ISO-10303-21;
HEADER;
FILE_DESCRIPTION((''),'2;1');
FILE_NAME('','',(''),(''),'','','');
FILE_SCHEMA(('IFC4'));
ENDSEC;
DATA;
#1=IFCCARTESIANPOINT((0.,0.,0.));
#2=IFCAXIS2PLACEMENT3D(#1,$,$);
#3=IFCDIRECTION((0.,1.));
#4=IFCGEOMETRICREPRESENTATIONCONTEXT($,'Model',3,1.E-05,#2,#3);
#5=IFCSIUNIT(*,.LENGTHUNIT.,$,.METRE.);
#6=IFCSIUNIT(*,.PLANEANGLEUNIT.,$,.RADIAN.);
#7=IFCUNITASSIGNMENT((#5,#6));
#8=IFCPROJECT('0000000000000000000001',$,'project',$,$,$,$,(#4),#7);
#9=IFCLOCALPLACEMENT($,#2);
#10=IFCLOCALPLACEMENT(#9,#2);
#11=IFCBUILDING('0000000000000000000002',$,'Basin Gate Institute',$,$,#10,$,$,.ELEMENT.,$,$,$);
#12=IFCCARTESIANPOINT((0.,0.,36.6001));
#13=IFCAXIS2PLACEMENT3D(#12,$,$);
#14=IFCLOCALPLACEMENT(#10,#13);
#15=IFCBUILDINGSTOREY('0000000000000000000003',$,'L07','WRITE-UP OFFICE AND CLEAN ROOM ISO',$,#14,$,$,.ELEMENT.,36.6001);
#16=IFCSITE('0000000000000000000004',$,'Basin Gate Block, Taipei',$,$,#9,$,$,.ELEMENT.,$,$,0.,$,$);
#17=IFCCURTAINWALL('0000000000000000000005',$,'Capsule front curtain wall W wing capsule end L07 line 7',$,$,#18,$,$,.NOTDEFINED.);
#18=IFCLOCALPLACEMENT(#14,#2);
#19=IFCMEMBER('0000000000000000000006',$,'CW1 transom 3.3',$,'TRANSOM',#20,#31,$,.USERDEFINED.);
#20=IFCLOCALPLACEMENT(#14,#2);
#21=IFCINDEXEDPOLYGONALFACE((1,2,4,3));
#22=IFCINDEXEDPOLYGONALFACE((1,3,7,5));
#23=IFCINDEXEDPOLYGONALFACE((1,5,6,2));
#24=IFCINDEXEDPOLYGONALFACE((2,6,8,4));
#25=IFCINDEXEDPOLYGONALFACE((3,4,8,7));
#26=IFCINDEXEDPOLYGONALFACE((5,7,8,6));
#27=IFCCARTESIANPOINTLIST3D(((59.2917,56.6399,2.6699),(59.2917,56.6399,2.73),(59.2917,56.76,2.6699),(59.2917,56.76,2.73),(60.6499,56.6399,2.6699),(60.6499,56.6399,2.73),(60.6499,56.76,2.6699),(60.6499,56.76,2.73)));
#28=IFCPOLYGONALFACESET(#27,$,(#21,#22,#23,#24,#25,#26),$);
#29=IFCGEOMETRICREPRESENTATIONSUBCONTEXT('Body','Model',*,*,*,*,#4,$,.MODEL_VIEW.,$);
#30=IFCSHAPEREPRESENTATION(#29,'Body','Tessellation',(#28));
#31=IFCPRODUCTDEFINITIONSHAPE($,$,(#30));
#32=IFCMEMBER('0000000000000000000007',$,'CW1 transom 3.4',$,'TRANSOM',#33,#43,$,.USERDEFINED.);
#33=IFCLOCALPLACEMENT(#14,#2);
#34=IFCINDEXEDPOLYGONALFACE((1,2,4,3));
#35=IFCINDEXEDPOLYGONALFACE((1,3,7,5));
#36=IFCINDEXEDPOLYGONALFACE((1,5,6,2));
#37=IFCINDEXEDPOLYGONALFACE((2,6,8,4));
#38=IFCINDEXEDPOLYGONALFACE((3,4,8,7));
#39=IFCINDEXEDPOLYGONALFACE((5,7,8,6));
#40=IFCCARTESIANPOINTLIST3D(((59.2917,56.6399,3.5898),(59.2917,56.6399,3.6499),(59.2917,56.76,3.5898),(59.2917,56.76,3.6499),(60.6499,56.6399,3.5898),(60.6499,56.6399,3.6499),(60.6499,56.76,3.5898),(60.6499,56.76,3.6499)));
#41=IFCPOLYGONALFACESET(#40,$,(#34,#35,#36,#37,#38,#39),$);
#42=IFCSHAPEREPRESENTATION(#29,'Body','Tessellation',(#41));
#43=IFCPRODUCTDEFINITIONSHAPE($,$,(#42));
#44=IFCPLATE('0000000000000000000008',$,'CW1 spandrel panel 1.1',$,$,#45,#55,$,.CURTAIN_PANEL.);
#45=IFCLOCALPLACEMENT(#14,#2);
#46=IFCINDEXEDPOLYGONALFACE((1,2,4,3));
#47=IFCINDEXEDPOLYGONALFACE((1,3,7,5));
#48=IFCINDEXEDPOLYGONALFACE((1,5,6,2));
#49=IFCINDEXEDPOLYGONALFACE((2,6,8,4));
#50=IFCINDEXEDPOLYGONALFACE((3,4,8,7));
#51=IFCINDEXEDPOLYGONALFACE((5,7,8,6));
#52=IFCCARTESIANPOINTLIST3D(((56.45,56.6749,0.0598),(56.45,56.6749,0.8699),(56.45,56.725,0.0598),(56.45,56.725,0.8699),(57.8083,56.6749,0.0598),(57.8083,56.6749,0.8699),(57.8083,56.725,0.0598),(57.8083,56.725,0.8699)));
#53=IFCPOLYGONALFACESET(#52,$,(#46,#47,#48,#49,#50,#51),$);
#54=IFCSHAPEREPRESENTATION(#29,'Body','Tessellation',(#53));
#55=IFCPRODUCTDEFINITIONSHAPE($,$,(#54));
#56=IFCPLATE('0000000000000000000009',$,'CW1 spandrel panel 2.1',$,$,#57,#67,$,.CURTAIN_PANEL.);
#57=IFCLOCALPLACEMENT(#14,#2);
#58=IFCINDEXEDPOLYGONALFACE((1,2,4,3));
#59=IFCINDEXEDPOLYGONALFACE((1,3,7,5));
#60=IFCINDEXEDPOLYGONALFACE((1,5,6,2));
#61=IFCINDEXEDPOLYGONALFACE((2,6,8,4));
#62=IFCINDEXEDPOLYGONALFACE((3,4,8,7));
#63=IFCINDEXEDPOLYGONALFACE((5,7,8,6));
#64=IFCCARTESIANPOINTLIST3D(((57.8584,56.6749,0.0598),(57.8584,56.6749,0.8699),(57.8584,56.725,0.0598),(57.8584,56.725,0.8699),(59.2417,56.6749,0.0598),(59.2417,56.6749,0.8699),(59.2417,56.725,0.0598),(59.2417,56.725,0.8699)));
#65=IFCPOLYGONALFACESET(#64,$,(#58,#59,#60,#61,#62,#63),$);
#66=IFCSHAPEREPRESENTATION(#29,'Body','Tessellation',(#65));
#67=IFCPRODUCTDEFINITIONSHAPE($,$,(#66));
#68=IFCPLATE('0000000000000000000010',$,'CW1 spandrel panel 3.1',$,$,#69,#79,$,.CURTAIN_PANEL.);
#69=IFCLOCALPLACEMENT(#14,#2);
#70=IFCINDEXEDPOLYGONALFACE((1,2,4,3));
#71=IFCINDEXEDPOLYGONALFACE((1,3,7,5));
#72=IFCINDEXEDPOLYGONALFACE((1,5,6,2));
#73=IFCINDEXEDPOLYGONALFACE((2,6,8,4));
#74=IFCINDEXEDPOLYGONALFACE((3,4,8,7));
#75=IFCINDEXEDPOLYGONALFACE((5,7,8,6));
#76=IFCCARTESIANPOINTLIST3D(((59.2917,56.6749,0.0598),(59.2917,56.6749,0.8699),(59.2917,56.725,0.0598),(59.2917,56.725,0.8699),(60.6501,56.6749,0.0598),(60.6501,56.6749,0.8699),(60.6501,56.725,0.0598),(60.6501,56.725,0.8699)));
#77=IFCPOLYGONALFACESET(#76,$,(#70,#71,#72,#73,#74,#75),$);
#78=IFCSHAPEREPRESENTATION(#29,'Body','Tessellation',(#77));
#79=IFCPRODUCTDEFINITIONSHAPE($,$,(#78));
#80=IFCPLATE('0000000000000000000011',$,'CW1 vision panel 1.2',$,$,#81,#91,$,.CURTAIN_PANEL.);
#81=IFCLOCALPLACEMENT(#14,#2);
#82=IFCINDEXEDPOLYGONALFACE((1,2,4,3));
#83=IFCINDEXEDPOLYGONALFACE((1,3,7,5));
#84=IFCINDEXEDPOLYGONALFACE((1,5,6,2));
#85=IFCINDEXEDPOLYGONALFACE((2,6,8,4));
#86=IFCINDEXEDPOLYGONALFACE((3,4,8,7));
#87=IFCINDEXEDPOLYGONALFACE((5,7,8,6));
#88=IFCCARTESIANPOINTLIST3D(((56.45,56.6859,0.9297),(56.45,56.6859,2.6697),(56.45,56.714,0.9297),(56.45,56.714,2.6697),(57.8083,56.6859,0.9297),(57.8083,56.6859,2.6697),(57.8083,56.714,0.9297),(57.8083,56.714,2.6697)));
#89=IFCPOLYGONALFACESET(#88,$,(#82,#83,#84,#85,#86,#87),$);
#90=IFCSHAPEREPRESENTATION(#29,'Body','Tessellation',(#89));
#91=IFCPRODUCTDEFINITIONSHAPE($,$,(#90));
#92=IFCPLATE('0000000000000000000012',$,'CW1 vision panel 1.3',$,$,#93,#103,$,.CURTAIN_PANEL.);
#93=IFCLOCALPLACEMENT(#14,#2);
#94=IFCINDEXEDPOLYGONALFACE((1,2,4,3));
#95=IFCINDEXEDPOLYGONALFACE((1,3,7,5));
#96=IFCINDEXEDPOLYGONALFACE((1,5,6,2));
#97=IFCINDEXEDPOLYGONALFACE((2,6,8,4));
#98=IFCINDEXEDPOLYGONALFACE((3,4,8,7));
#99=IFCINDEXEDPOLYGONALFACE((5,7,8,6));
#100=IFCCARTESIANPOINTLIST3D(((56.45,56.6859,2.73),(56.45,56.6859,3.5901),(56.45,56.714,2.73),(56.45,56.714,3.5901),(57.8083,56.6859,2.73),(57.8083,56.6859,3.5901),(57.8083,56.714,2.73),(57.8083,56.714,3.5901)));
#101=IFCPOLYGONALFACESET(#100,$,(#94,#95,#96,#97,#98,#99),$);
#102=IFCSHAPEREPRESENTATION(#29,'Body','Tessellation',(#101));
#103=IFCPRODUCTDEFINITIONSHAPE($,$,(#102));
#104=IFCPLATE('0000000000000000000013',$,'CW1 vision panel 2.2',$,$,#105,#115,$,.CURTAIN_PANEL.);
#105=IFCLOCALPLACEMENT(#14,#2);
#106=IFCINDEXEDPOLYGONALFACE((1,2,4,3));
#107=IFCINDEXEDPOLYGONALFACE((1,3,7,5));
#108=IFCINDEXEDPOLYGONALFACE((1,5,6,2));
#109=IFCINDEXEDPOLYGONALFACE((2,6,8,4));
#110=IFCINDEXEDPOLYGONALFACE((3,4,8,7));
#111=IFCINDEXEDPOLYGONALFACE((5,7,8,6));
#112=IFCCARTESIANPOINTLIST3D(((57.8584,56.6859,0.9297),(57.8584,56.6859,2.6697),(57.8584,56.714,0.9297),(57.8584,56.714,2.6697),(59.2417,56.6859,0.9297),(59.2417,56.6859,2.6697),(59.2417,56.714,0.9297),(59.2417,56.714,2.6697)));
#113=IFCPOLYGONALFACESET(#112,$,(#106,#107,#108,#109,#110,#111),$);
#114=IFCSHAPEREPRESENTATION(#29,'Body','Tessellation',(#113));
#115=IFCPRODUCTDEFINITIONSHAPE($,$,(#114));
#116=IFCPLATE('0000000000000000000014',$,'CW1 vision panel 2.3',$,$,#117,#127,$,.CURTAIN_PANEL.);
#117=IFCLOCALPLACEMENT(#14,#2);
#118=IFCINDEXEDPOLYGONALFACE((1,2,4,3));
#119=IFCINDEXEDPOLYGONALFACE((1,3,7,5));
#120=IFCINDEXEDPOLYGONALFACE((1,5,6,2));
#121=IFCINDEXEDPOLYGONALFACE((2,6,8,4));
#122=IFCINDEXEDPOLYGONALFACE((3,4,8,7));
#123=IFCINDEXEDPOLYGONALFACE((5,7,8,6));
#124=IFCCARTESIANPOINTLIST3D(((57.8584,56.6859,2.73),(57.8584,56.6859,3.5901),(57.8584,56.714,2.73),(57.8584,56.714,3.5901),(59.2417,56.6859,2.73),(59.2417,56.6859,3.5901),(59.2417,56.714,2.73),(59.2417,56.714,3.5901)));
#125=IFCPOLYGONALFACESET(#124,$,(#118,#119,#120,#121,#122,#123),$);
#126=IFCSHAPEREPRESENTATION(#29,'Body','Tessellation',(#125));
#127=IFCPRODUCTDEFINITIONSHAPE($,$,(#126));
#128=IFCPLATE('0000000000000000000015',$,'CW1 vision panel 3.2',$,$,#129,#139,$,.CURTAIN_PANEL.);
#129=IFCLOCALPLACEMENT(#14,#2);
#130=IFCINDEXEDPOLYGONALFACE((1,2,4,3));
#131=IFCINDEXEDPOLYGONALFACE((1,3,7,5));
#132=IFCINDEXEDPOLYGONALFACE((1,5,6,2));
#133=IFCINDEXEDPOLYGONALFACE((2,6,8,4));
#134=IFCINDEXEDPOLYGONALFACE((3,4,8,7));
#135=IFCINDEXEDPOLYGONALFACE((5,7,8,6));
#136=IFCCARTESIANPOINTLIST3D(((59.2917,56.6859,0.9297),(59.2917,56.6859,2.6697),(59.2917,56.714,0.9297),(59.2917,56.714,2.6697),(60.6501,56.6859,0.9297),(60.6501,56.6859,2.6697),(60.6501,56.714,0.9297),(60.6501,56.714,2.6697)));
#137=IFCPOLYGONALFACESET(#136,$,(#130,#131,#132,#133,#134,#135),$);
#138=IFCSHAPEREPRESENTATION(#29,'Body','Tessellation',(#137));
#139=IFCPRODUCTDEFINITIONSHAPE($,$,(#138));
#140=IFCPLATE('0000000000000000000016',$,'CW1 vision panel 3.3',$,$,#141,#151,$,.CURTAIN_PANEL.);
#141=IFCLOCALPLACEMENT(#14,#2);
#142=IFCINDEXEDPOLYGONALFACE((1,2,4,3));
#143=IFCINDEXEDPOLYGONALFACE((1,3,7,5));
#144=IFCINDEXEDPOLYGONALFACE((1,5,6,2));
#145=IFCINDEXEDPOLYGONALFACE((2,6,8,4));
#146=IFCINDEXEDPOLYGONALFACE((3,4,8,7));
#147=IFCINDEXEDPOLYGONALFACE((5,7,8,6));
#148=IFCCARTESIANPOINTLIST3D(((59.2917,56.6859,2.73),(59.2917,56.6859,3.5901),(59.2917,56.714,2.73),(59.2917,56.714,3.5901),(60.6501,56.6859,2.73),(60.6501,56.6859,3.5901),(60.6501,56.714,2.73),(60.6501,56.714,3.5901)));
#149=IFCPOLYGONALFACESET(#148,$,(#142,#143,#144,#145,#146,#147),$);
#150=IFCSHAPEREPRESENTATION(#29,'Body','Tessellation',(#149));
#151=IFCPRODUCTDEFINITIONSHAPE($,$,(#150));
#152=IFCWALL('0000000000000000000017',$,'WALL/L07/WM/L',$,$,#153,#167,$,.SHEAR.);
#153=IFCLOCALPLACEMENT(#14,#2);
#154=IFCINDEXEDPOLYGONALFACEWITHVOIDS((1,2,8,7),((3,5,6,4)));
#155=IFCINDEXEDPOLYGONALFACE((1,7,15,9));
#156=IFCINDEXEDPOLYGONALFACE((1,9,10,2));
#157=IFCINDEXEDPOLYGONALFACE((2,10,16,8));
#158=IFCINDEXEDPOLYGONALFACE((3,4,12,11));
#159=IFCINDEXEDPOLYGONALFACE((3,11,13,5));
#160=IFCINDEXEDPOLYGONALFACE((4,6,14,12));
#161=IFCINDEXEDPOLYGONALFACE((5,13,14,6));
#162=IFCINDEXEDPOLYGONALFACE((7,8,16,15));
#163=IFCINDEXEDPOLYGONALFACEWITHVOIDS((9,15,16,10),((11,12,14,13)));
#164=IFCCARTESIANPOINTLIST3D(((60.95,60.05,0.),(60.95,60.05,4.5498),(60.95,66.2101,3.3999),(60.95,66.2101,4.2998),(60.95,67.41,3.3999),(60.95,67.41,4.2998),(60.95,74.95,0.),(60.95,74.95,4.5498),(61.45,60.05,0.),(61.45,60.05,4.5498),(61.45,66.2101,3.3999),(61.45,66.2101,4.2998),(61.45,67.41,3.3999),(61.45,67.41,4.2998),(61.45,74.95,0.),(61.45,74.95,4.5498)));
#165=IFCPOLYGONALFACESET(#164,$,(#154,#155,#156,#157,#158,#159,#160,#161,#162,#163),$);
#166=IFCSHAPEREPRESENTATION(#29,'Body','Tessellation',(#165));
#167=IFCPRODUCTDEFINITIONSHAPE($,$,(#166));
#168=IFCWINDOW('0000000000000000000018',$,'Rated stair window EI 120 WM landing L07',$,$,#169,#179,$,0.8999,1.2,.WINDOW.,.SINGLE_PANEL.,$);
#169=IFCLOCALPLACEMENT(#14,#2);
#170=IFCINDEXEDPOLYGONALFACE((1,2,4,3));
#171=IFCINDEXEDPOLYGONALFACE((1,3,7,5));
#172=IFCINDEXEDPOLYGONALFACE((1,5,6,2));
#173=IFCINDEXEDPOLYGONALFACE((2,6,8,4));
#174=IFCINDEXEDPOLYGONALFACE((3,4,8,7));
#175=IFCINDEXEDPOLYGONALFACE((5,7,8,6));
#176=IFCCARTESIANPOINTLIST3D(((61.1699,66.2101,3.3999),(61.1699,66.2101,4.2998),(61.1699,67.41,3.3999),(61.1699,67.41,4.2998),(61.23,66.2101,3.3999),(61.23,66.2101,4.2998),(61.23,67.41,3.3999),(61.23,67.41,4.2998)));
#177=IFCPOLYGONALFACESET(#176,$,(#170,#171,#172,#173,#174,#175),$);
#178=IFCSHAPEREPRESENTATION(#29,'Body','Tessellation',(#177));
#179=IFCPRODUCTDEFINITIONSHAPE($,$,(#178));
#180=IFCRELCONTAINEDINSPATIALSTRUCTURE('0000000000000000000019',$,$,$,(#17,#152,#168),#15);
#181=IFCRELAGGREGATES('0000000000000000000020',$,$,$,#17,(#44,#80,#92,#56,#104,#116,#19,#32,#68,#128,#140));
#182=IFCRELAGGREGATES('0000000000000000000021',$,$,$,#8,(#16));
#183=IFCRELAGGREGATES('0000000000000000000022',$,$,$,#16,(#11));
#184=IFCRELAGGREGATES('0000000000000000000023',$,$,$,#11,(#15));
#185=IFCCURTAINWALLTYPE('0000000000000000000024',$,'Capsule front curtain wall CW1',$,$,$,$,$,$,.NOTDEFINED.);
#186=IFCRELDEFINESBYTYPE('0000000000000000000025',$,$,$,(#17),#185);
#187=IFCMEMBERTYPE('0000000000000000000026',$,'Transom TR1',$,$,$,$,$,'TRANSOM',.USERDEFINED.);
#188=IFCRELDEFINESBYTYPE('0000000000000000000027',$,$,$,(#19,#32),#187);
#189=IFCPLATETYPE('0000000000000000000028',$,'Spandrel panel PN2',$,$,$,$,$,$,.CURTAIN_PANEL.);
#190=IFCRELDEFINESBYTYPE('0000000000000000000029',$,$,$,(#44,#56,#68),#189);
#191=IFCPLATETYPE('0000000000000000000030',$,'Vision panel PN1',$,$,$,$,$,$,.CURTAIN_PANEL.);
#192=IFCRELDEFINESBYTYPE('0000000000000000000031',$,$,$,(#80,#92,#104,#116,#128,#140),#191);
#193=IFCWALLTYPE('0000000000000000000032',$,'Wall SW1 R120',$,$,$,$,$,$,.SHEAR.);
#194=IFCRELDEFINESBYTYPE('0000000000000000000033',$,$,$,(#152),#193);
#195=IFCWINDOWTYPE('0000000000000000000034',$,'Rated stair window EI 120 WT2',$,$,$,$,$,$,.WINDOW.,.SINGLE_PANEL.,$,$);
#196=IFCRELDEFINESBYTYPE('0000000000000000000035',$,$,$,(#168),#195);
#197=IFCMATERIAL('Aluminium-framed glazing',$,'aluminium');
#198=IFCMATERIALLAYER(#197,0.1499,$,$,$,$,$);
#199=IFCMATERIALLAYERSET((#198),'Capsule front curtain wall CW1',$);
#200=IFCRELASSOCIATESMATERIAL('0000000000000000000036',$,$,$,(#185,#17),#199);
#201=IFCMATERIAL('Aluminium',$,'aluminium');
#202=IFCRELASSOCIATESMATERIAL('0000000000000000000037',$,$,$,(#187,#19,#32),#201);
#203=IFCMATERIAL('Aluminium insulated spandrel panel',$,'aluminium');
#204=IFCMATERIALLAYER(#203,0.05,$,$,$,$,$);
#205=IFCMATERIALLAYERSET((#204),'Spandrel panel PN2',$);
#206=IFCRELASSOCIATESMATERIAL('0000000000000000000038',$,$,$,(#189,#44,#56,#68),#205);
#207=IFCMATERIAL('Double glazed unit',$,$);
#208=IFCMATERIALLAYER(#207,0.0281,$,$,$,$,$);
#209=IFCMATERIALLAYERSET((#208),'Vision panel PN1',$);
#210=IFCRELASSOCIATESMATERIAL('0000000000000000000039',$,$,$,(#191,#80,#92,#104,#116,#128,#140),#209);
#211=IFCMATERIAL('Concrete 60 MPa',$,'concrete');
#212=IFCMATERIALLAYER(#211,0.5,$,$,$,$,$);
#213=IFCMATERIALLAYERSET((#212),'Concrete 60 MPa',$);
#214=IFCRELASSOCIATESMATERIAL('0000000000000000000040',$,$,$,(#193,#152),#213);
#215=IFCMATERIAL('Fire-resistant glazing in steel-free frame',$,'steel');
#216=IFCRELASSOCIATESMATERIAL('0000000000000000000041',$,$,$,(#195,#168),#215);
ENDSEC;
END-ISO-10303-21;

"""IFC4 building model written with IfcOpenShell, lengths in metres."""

from ifc_helpers import new_model, si_unit, direction, frame, frame_2d, origin, origin_2d, place, context, subcontext, project, spatial, rectangle, extrude, material, layer, layer_set, material_profile, profile_set, type_object, element, fill, aggregate, save


model = new_model("IFC4")

# Units and contexts
model_context = context("Model", 3, precision=1e-05, world=origin(), true_north=direction((0.0, 1.0)))
body_context = subcontext(model_context, "Body", "Model", "MODEL_VIEW")
ifc_project = project(units=[si_unit("LENGTHUNIT", "METRE"), si_unit("PLANEANGLEUNIT", "RADIAN")], contexts=[model_context])

# Site, building, storey
site_placement = place(None, origin())
site = spatial("IfcSite", under=ifc_project, at=site_placement, Name="Basin Gate Block, Taipei", CompositionType="ELEMENT", RefElevation=0.0)
building_placement = place(site_placement, origin())
building = spatial("IfcBuilding", under=site, at=building_placement, Name="Basin Gate Institute", CompositionType="ELEMENT")
storey_placement = place(building_placement, frame((0.0, 0.0, 36.6001)))
storey = spatial("IfcBuildingStorey", under=building, at=storey_placement, Name="L07", Description="WRITE-UP OFFICE AND CLEAN ROOM ISO", CompositionType="ELEMENT", Elevation=36.6001)

# Curtain wall
ifc_material_1 = material(Name="Aluminium-framed glazing", Category="aluminium")
ifc_layer_1 = layer(ifc_material_1, 0.1499)
ifc_layer_set_1 = layer_set([ifc_layer_1], Name="Capsule front curtain wall CW1")
curtain_wall_type = type_object("IfcCurtainWallType", Name="Capsule front curtain wall CW1", PredefinedType="NOTDEFINED", material=ifc_layer_set_1)
curtain_wall_1_placement = place(storey_placement, origin())
curtain_wall_1 = element("IfcCurtainWall", 1, at=curtain_wall_1_placement, inside=storey, type_object=curtain_wall_type, material=ifc_layer_set_1, Name="Capsule front curtain wall W wing capsule end L07 line 7", PredefinedType="NOTDEFINED")

# Members
ifc_material_2 = material(Name="Aluminium", Category="aluminium")
ifc_material_profile_1 = material_profile(ifc_material_2, rectangle(XDim=0.1201, YDim=0.0601, at=origin_2d()), Name="Transom TR1 120 x 60")
ifc_profile_set_1 = profile_set([ifc_material_profile_1], Name="Aluminium")
member_type_1 = type_object("IfcMemberType", Name="Transom TR1", ElementType="TRANSOM", PredefinedType="USERDEFINED", material=ifc_profile_set_1)
member_1_placement = place(storey_placement, frame((59.2917, 56.7, 2.7), z_axis=(1.0, 0.0, 0.0), x_axis=(0.0, 1.0, 0.0)))
member_1 = element("IfcMember", 2, at=member_1_placement, type_object=member_type_1, material=ifc_profile_set_1, Name="CW1 transom 3.3", ObjectType="TRANSOM", PredefinedType="USERDEFINED", context=body_context, shape_type="SweptSolid", body=[
    extrude(rectangle(XDim=0.1201, YDim=0.0601, at=origin_2d()), origin(), (0.0, 0.0, 1.0), 1.3582),
])
member_2_placement = place(storey_placement, frame((59.2917, 56.7, 3.6199), z_axis=(1.0, 0.0, 0.0), x_axis=(0.0, 1.0, 0.0)))
member_2 = element("IfcMember", 3, at=member_2_placement, type_object=member_type_1, material=ifc_profile_set_1, Name="CW1 transom 3.4", ObjectType="TRANSOM", PredefinedType="USERDEFINED", context=body_context, shape_type="SweptSolid", body=[
    extrude(rectangle(XDim=0.1201, YDim=0.0601, at=origin_2d()), origin(), (0.0, 0.0, 1.0), 1.3582),
])

# Plates
ifc_material_3 = material(Name="Aluminium insulated spandrel panel", Category="aluminium")
ifc_layer_2 = layer(ifc_material_3, 0.05)
ifc_layer_set_2 = layer_set([ifc_layer_2], Name="Spandrel panel PN2")
plate_type_1 = type_object("IfcPlateType", Name="Spandrel panel PN2", PredefinedType="CURTAIN_PANEL", material=ifc_layer_set_2)
plate_1_placement = place(storey_placement, frame((57.1292, 56.7, 0.0598), z_axis=(0.0, 0.0, 1.0), x_axis=(1.0, 0.0, 0.0)))
plate_1 = element("IfcPlate", 4, at=plate_1_placement, type_object=plate_type_1, material=ifc_layer_set_2, Name="CW1 spandrel panel 1.1", PredefinedType="CURTAIN_PANEL", context=body_context, shape_type="SweptSolid", body=[
    extrude(rectangle(XDim=1.3584, YDim=0.05, at=origin_2d()), origin(), (0.0, 0.0, 1.0), 0.8101),
])
plate_2_placement = place(storey_placement, frame((58.55, 56.7, 0.0598), z_axis=(0.0, 0.0, 1.0), x_axis=(1.0, 0.0, 0.0)))
plate_2 = element("IfcPlate", 5, at=plate_2_placement, type_object=plate_type_1, material=ifc_layer_set_2, Name="CW1 spandrel panel 2.1", PredefinedType="CURTAIN_PANEL", context=body_context, shape_type="SweptSolid", body=[
    extrude(rectangle(XDim=1.3833, YDim=0.05, at=origin_2d()), origin(), (0.0, 0.0, 1.0), 0.8101),
])
plate_3_placement = place(storey_placement, frame((59.9709, 56.7, 0.0598), z_axis=(0.0, 0.0, 1.0), x_axis=(1.0, 0.0, 0.0)))
plate_3 = element("IfcPlate", 6, at=plate_3_placement, type_object=plate_type_1, material=ifc_layer_set_2, Name="CW1 spandrel panel 3.1", PredefinedType="CURTAIN_PANEL", context=body_context, shape_type="SweptSolid", body=[
    extrude(rectangle(XDim=1.3584, YDim=0.05, at=origin_2d()), origin(), (0.0, 0.0, 1.0), 0.8101),
])
ifc_material_4 = material(Name="Double glazed unit")
ifc_layer_3 = layer(ifc_material_4, 0.0281)
ifc_layer_set_3 = layer_set([ifc_layer_3], Name="Vision panel PN1")
plate_type_2 = type_object("IfcPlateType", Name="Vision panel PN1", PredefinedType="CURTAIN_PANEL", material=ifc_layer_set_3)
plate_4_placement = place(storey_placement, frame((57.1292, 56.7, 0.9297), z_axis=(0.0, 0.0, 1.0), x_axis=(1.0, 0.0, 0.0)))
plate_4 = element("IfcPlate", 7, at=plate_4_placement, type_object=plate_type_2, material=ifc_layer_set_3, Name="CW1 vision panel 1.2", PredefinedType="CURTAIN_PANEL", context=body_context, shape_type="SweptSolid", body=[
    extrude(rectangle(XDim=1.3584, YDim=0.0281, at=origin_2d()), origin(), (0.0, 0.0, 1.0), 1.74),
])
plate_5_placement = place(storey_placement, frame((57.1292, 56.7, 2.73), z_axis=(0.0, 0.0, 1.0), x_axis=(1.0, 0.0, 0.0)))
plate_5 = element("IfcPlate", 8, at=plate_5_placement, type_object=plate_type_2, material=ifc_layer_set_3, Name="CW1 vision panel 1.3", PredefinedType="CURTAIN_PANEL", context=body_context, shape_type="SweptSolid", body=[
    extrude(rectangle(XDim=1.3584, YDim=0.0281, at=origin_2d()), origin(), (0.0, 0.0, 1.0), 0.8601),
])
plate_6_placement = place(storey_placement, frame((58.55, 56.7, 0.9297), z_axis=(0.0, 0.0, 1.0), x_axis=(1.0, 0.0, 0.0)))
plate_6 = element("IfcPlate", 9, at=plate_6_placement, type_object=plate_type_2, material=ifc_layer_set_3, Name="CW1 vision panel 2.2", PredefinedType="CURTAIN_PANEL", context=body_context, shape_type="SweptSolid", body=[
    extrude(rectangle(XDim=1.3833, YDim=0.0281, at=origin_2d()), origin(), (0.0, 0.0, 1.0), 1.74),
])
plate_7_placement = place(storey_placement, frame((58.55, 56.7, 2.73), z_axis=(0.0, 0.0, 1.0), x_axis=(1.0, 0.0, 0.0)))
plate_7 = element("IfcPlate", 10, at=plate_7_placement, type_object=plate_type_2, material=ifc_layer_set_3, Name="CW1 vision panel 2.3", PredefinedType="CURTAIN_PANEL", context=body_context, shape_type="SweptSolid", body=[
    extrude(rectangle(XDim=1.3833, YDim=0.0281, at=origin_2d()), origin(), (0.0, 0.0, 1.0), 0.8601),
])
plate_8_placement = place(storey_placement, frame((59.9709, 56.7, 0.9297), z_axis=(0.0, 0.0, 1.0), x_axis=(1.0, 0.0, 0.0)))
plate_8 = element("IfcPlate", 11, at=plate_8_placement, type_object=plate_type_2, material=ifc_layer_set_3, Name="CW1 vision panel 3.2", PredefinedType="CURTAIN_PANEL", context=body_context, shape_type="SweptSolid", body=[
    extrude(rectangle(XDim=1.3584, YDim=0.0281, at=origin_2d()), origin(), (0.0, 0.0, 1.0), 1.74),
])
plate_9_placement = place(storey_placement, frame((59.9709, 56.7, 2.73), z_axis=(0.0, 0.0, 1.0), x_axis=(1.0, 0.0, 0.0)))
plate_9 = element("IfcPlate", 12, at=plate_9_placement, type_object=plate_type_2, material=ifc_layer_set_3, Name="CW1 vision panel 3.3", PredefinedType="CURTAIN_PANEL", context=body_context, shape_type="SweptSolid", body=[
    extrude(rectangle(XDim=1.3584, YDim=0.0281, at=origin_2d()), origin(), (0.0, 0.0, 1.0), 0.8601),
])
aggregate(curtain_wall_1, [plate_1, plate_4, plate_5, plate_2, plate_6, plate_7, member_1, member_2, plate_3, plate_8, plate_9])

# Wall, opening, window
ifc_material_5 = material(Name="Concrete 60 MPa", Category="concrete")
ifc_layer_4 = layer(ifc_material_5, 0.5)
ifc_layer_set_4 = layer_set([ifc_layer_4], Name="Concrete 60 MPa")
wall_type_1 = type_object("IfcWallType", Name="Wall SW1 R120", PredefinedType="SHEAR", material=ifc_layer_set_4)
wall_1_placement = place(storey_placement, frame((61.2, 60.05, 0.0), z_axis=(0.0, 0.0, 1.0), x_axis=(0.0, 1.0, 0.0)))
wall_1 = element("IfcWall", 13, at=wall_1_placement, inside=storey, type_object=wall_type_1, material=ifc_layer_set_4, Name="WALL/L07/WM/L", PredefinedType="SHEAR", context=body_context, shape_type="SweptSolid", body=[
    extrude(rectangle(XDim=14.8999, YDim=0.5, at=frame_2d((7.45, 0.0))), origin(), (0.0, 0.0, 1.0), 4.5498),
])
opening_1_placement = place(wall_1_placement, frame((6.1599, 0.0, 3.3999)))
opening_1 = element("IfcOpeningElement", 14, at=opening_1_placement, cuts=wall_1, PredefinedType="OPENING", context=body_context, shape_type="SweptSolid", body=[
    extrude(rectangle(XDim=1.2, YDim=0.8999, at=frame_2d((0.6001, 0.45))), frame((0.0, 0.26, 0.0), z_axis=(0.0, -1.0, 0.0), x_axis=(1.0, 0.0, 0.0)), (0.0, 0.0, 1.0), 0.52),
])
ifc_material_6 = material(Name="Fire-resistant glazing in steel-free frame", Category="steel")
window_type = type_object("IfcWindowType", Name="Rated stair window EI 120 WT2", PartitioningType="SINGLE_PANEL", PredefinedType="WINDOW", material=ifc_material_6)
window_placement = place(opening_1_placement, origin())
window = element("IfcWindow", 15, at=window_placement, inside=storey, type_object=window_type, material=ifc_material_6, Name="Rated stair window EI 120 WM landing L07", OverallHeight=0.8999, OverallWidth=1.2, PartitioningType="SINGLE_PANEL", PredefinedType="WINDOW", context=body_context, shape_type="SweptSolid", body=[
    extrude(rectangle(XDim=1.2, YDim=0.8999, at=frame_2d((0.6001, 0.45))), frame((0.0, 0.03, 0.0), z_axis=(0.0, -1.0, 0.0), x_axis=(1.0, 0.0, 0.0)), (0.0, 0.0, 1.0), 0.0601),
])
fill(opening_1, window)

save(model, "model.ifc")
